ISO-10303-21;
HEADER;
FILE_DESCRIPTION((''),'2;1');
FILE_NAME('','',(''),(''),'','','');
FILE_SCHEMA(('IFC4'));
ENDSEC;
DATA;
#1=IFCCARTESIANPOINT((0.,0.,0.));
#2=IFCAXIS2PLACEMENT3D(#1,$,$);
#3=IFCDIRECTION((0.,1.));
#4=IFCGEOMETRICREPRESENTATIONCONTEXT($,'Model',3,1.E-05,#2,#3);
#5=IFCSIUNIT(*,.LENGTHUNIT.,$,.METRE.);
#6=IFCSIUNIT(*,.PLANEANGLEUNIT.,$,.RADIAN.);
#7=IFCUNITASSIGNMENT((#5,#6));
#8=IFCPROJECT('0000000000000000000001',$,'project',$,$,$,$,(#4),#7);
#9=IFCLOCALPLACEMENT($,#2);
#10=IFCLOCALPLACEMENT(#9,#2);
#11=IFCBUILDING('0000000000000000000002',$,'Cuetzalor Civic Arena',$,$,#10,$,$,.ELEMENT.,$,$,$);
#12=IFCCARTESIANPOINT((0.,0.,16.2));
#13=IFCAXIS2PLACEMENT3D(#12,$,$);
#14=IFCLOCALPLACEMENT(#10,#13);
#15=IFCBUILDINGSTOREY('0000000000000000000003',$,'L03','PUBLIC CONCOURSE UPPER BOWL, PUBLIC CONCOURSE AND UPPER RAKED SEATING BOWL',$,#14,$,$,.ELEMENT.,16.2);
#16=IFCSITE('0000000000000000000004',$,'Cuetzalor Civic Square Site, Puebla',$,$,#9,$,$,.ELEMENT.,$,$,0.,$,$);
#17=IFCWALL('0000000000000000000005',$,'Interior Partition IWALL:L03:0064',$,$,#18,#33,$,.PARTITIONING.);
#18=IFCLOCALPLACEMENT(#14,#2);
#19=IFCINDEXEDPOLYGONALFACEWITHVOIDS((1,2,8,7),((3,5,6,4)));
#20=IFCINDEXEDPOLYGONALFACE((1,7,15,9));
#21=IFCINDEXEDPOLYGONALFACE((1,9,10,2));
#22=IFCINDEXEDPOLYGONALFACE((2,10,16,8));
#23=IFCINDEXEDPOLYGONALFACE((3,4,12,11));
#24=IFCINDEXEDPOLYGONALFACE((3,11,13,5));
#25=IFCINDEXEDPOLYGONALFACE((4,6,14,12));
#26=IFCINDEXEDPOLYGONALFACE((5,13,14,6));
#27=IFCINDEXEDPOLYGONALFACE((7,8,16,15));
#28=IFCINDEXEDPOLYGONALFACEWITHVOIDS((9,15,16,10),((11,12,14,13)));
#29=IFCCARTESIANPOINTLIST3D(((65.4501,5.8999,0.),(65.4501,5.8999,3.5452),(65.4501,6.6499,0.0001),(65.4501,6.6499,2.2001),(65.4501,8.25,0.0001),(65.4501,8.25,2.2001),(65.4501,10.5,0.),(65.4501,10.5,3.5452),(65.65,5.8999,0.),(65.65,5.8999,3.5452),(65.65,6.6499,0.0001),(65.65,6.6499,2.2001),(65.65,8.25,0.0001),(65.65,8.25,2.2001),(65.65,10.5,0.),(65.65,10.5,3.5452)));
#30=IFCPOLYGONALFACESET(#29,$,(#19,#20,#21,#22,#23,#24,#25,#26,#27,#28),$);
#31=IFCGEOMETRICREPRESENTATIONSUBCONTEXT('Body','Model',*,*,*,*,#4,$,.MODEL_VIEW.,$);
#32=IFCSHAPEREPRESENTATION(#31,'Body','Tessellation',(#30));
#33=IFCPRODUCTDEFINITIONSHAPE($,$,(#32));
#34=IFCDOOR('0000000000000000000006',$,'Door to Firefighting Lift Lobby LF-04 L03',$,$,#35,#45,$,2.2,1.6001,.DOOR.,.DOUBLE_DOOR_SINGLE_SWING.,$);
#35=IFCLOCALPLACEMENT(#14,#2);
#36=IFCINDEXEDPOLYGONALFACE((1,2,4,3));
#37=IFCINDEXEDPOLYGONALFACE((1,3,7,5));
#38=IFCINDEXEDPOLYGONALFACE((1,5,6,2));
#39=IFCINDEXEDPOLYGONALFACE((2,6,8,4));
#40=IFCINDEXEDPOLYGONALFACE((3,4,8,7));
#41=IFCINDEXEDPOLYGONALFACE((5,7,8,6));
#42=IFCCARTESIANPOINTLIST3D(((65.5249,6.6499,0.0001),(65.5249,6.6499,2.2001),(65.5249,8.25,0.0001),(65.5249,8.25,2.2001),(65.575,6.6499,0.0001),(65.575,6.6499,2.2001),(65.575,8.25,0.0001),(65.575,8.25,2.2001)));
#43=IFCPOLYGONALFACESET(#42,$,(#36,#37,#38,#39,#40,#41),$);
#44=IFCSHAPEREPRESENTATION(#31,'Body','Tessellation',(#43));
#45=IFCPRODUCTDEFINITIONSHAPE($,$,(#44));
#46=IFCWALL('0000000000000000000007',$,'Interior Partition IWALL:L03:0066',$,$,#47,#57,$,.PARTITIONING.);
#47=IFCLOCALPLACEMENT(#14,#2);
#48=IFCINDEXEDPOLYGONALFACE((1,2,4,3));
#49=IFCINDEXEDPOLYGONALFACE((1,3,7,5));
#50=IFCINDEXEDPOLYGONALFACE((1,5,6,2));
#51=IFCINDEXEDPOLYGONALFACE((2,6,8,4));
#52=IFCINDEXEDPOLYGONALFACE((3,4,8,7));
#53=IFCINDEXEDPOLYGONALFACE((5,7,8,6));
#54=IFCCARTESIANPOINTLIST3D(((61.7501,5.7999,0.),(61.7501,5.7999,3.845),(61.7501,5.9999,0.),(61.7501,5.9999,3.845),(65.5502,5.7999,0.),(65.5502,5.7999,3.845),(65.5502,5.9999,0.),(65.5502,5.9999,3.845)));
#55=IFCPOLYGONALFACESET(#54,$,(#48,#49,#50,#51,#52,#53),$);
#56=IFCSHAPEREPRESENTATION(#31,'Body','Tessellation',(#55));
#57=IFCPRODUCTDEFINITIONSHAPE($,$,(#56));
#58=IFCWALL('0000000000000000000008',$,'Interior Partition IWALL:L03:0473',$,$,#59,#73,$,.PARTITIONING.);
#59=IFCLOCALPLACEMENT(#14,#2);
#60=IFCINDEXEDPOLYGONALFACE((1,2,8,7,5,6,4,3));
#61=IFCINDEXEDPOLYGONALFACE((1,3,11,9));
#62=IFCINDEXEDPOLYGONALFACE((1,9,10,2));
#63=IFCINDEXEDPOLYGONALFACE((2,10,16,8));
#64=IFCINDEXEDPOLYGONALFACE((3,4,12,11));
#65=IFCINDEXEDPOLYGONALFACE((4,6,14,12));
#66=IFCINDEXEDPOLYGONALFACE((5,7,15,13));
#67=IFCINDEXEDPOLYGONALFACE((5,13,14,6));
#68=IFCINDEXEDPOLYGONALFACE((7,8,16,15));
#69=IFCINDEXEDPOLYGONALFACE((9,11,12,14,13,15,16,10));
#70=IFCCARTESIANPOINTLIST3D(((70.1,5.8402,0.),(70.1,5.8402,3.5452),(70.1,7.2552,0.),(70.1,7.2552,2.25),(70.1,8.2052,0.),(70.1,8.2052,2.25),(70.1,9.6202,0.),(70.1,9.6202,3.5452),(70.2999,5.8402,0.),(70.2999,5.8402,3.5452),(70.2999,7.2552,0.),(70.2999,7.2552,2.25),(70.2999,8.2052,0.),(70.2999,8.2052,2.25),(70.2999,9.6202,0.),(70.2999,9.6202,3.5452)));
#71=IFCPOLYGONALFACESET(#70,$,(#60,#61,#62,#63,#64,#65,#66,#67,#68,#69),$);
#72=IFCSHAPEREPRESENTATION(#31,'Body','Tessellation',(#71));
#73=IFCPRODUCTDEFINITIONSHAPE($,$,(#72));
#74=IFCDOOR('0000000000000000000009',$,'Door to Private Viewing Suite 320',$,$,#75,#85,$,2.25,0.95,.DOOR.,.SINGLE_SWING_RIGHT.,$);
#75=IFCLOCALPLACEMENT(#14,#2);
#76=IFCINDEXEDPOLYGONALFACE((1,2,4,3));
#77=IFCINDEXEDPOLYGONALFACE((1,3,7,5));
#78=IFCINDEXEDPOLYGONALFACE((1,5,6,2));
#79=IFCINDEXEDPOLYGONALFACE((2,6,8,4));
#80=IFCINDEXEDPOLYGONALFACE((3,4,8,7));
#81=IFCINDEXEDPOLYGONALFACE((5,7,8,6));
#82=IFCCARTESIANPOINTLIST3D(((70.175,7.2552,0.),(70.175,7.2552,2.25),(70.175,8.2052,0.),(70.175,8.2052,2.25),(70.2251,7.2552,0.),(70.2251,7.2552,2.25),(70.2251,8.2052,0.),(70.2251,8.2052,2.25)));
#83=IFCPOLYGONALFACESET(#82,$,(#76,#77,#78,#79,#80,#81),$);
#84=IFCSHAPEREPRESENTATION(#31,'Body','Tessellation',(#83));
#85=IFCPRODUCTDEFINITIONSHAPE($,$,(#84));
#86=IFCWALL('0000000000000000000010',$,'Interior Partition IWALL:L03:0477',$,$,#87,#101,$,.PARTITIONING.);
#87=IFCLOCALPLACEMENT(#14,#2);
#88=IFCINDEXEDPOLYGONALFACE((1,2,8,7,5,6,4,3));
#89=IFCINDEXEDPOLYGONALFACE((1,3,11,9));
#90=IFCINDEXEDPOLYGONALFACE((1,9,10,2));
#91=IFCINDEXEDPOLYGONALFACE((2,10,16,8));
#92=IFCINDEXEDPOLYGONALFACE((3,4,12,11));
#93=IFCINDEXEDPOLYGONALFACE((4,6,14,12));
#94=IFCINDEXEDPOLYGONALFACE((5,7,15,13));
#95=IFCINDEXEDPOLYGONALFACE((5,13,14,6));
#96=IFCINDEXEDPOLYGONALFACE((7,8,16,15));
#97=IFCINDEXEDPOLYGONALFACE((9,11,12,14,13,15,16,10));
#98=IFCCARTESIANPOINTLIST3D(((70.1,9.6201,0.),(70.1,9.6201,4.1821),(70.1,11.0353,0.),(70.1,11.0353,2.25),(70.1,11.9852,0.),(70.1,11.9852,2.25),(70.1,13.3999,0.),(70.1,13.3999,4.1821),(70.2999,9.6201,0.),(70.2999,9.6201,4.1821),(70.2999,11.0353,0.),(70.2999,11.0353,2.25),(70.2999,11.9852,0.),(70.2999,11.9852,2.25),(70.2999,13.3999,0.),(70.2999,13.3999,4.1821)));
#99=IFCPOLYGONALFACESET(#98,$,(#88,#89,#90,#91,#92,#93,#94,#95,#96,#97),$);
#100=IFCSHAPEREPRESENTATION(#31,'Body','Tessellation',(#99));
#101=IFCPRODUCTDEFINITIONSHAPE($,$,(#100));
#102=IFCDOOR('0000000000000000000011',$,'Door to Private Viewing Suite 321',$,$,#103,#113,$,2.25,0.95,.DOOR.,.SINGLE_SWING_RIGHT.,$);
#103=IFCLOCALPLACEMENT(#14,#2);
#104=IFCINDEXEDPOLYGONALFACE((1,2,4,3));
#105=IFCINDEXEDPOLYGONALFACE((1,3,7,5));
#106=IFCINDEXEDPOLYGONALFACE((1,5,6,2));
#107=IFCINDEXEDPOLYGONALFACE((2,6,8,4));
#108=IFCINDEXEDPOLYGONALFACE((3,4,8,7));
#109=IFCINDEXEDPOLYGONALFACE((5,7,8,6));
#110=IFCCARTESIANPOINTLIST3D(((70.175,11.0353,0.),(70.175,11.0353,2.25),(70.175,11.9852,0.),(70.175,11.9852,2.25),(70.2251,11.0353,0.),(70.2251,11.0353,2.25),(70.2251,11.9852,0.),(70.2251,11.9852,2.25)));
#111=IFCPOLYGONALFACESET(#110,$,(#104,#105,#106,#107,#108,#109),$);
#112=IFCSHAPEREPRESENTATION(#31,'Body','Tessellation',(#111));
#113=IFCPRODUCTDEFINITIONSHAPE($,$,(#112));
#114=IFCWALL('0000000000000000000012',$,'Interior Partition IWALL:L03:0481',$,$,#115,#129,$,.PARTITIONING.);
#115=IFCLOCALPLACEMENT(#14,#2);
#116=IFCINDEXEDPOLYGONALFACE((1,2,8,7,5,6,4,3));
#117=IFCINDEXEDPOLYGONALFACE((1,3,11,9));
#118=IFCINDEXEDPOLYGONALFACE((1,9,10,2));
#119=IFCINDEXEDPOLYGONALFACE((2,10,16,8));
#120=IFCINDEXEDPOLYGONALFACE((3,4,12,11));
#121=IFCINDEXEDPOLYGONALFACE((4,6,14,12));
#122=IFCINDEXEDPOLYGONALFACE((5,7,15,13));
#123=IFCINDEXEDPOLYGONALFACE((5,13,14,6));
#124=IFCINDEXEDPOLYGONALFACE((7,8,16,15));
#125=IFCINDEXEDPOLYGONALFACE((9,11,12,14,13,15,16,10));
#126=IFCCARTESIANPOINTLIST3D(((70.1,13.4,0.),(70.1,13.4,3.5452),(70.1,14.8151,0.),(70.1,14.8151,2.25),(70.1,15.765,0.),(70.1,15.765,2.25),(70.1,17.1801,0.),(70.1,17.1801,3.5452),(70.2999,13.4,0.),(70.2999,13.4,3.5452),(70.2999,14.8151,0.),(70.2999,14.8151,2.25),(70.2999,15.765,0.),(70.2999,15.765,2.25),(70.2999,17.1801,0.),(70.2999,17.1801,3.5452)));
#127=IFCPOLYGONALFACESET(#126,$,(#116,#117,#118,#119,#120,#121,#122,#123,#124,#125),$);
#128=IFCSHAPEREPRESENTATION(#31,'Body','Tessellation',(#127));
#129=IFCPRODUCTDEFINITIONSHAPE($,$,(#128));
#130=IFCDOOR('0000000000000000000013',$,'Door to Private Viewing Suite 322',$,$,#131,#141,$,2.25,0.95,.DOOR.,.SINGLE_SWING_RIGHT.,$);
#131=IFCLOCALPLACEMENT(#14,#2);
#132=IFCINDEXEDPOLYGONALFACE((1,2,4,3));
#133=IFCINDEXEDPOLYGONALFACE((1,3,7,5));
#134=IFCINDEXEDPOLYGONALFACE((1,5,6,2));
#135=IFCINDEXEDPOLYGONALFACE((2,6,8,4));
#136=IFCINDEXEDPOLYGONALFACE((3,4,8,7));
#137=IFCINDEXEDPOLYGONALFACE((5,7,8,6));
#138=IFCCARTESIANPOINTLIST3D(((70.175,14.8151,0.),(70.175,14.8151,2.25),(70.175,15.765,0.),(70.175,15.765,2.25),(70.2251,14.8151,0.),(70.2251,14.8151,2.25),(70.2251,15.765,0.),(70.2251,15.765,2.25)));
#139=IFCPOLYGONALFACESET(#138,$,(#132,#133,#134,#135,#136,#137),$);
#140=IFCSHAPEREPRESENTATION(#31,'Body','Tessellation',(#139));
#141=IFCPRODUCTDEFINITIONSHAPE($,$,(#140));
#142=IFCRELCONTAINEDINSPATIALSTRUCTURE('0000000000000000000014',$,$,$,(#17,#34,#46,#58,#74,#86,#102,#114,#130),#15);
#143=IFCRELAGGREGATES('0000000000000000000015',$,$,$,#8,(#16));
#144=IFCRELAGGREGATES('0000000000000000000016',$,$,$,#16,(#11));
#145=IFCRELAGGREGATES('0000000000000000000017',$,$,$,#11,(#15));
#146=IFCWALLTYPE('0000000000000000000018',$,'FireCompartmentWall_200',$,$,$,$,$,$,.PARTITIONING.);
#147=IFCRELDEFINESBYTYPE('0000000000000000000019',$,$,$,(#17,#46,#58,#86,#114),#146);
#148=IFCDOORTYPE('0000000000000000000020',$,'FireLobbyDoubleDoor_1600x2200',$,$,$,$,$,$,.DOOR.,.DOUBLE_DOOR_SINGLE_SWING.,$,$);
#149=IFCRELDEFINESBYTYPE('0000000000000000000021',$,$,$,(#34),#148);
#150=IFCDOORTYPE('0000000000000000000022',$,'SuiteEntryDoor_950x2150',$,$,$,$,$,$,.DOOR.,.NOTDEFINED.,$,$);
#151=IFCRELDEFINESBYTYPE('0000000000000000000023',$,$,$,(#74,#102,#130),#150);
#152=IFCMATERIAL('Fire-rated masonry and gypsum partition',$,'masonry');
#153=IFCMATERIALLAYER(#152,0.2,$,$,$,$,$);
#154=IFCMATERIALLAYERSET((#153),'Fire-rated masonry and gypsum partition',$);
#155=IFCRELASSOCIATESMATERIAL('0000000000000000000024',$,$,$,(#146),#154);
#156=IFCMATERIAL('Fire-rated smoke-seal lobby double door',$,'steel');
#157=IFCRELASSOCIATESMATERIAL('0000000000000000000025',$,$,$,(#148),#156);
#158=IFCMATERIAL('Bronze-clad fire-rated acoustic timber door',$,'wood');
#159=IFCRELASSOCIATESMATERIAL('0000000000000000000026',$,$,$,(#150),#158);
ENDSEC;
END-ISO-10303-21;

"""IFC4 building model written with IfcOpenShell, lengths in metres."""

from ifc_helpers import new_model, si_unit, direction, frame, frame_2d, origin, place, context, subcontext, project, spatial, rectangle, extrude, material, layer, layer_set, type_object, element, fill, save


model = new_model("IFC4")

# Units and contexts
model_context = context("Model", 3, precision=1e-05, world=origin(), true_north=direction((0.0, 1.0)))
body_context = subcontext(model_context, "Body", "Model", "MODEL_VIEW")
ifc_project = project(units=[si_unit("LENGTHUNIT", "METRE"), si_unit("PLANEANGLEUNIT", "RADIAN")], contexts=[model_context])

# Site, building, storey
site_placement = place(None, origin())
site = spatial("IfcSite", under=ifc_project, at=site_placement, Name="Cuetzalor Civic Square Site, Puebla", CompositionType="ELEMENT", RefElevation=0.0)
building_placement = place(site_placement, origin())
building = spatial("IfcBuilding", under=site, at=building_placement, Name="Cuetzalor Civic Arena", CompositionType="ELEMENT")
storey_placement = place(building_placement, frame((0.0, 0.0, 16.2)))
storey = spatial("IfcBuildingStorey", under=building, at=storey_placement, Name="L03", Description="PUBLIC CONCOURSE UPPER BOWL, PUBLIC CONCOURSE AND UPPER RAKED SEATING BOWL", CompositionType="ELEMENT", Elevation=16.2)

# Wall, opening, door
ifc_material_1 = material(Name="Fire-rated masonry and gypsum partition", Category="masonry")
ifc_layer_1 = layer(ifc_material_1, 0.2)
ifc_layer_set_1 = layer_set([ifc_layer_1], Name="Fire-rated masonry and gypsum partition")
wall_type_1 = type_object("IfcWallType", Name="FireCompartmentWall_200", PredefinedType="PARTITIONING", material=ifc_layer_set_1)
wall_1_placement = place(storey_placement, frame((65.55, 10.5, 0.0), z_axis=(0.0, 0.0, 1.0), x_axis=(0.0, -1.0, 0.0)))
wall_1 = element("IfcWall", 1, at=wall_1_placement, inside=storey, type_object=wall_type_1, Name="Interior Partition IWALL:L03:0064", PredefinedType="PARTITIONING", context=body_context, shape_type="SweptSolid", body=[
    extrude(rectangle(XDim=4.6001, YDim=0.2, at=frame_2d((2.3, 0.0))), origin(), (0.0, 0.0, 1.0), 3.5452),
])
opening_1_placement = place(wall_1_placement, frame((2.25, 0.0, 0.0)))
opening_1 = element("IfcOpeningElement", 2, at=opening_1_placement, cuts=wall_1, PredefinedType="OPENING", context=body_context, shape_type="SweptSolid", body=[
    extrude(rectangle(XDim=1.6001, YDim=2.2, at=frame_2d((0.8, 1.1001))), frame((0.0, 0.1099, 0.0), z_axis=(0.0, -1.0, 0.0), x_axis=(1.0, 0.0, 0.0)), (0.0, 0.0, 1.0), 0.22),
])
ifc_material_2 = material(Name="Fire-rated smoke-seal lobby double door", Category="steel")
door_type_1 = type_object("IfcDoorType", Name="FireLobbyDoubleDoor_1600x2200", OperationType="DOUBLE_DOOR_SINGLE_SWING", PredefinedType="DOOR", material=ifc_material_2)
door_1_placement = place(opening_1_placement, origin())
door_1 = element("IfcDoor", 3, at=door_1_placement, inside=storey, type_object=door_type_1, Name="Door to Firefighting Lift Lobby LF-04 L03", OperationType="DOUBLE_DOOR_SINGLE_SWING", OverallHeight=2.2, OverallWidth=1.6001, PredefinedType="DOOR", context=body_context, shape_type="SweptSolid", body=[
    extrude(rectangle(XDim=1.6001, YDim=2.2, at=frame_2d((0.8, 1.1001))), frame((0.0, 0.0249, 0.0), z_axis=(0.0, -1.0, 0.0), x_axis=(1.0, 0.0, 0.0)), (0.0, 0.0, 1.0), 0.05),
])
fill(opening_1, door_1)

# Wall
wall_2_placement = place(storey_placement, frame((65.55, 5.8999, 0.0), z_axis=(0.0, 0.0, 1.0), x_axis=(-1.0, 0.0, 0.0)))
element("IfcWall", 4, at=wall_2_placement, inside=storey, type_object=wall_type_1, Name="Interior Partition IWALL:L03:0066", PredefinedType="PARTITIONING", context=body_context, shape_type="SweptSolid", body=[
    extrude(rectangle(XDim=3.8, YDim=0.2, at=frame_2d((1.8999, 0.0))), origin(), (0.0, 0.0, 1.0), 3.845),
])

# Walls, openings, doors
wall_3_placement = place(storey_placement, frame((70.2, 5.8401, 0.0), z_axis=(0.0, 0.0, 1.0), x_axis=(0.0, 1.0, 0.0)))
wall_3 = element("IfcWall", 5, at=wall_3_placement, inside=storey, type_object=wall_type_1, Name="Interior Partition IWALL:L03:0473", PredefinedType="PARTITIONING", context=body_context, shape_type="SweptSolid", body=[
    extrude(rectangle(XDim=3.78, YDim=0.2, at=frame_2d((1.8901, 0.0))), origin(), (0.0, 0.0, 1.0), 3.5452),
])
opening_2_placement = place(wall_3_placement, frame((1.415, 0.0, 0.0)))
opening_2 = element("IfcOpeningElement", 6, at=opening_2_placement, cuts=wall_3, PredefinedType="OPENING", context=body_context, shape_type="SweptSolid", body=[
    extrude(rectangle(XDim=0.95, YDim=2.25, at=frame_2d((0.4751, 1.125))), frame((0.0, 0.1099, 0.0), z_axis=(0.0, -1.0, 0.0), x_axis=(1.0, 0.0, 0.0)), (0.0, 0.0, 1.0), 0.22),
])
ifc_material_3 = material(Name="Bronze-clad fire-rated acoustic timber door", Category="wood")
door_type_2 = type_object("IfcDoorType", Name="SuiteEntryDoor_950x2150", OperationType="NOTDEFINED", PredefinedType="DOOR", material=ifc_material_3)
door_2_placement = place(opening_2_placement, origin())
door_2 = element("IfcDoor", 7, at=door_2_placement, inside=storey, type_object=door_type_2, Name="Door to Private Viewing Suite 320", OperationType="SINGLE_SWING_RIGHT", OverallHeight=2.25, OverallWidth=0.95, PredefinedType="DOOR", context=body_context, shape_type="SweptSolid", body=[
    extrude(rectangle(XDim=0.95, YDim=2.25, at=frame_2d((0.4751, 1.125))), frame((0.0, 0.0249, 0.0), z_axis=(0.0, -1.0, 0.0), x_axis=(1.0, 0.0, 0.0)), (0.0, 0.0, 1.0), 0.05),
])
fill(opening_2, door_2)
wall_4_placement = place(storey_placement, frame((70.2, 9.6201, 0.0), z_axis=(0.0, 0.0, 1.0), x_axis=(0.0, 1.0, 0.0)))
wall_4 = element("IfcWall", 8, at=wall_4_placement, inside=storey, type_object=wall_type_1, Name="Interior Partition IWALL:L03:0477", PredefinedType="PARTITIONING", context=body_context, shape_type="SweptSolid", body=[
    extrude(rectangle(XDim=3.7798, YDim=0.2, at=frame_2d((1.8899, 0.0))), origin(), (0.0, 0.0, 1.0), 4.1821),
])
opening_3_placement = place(wall_4_placement, frame((1.415, 0.0, 0.0)))
opening_3 = element("IfcOpeningElement", 9, at=opening_3_placement, cuts=wall_4, PredefinedType="OPENING", context=body_context, shape_type="SweptSolid", body=[
    extrude(rectangle(XDim=0.95, YDim=2.25, at=frame_2d((0.4751, 1.125))), frame((0.0, 0.1099, 0.0), z_axis=(0.0, -1.0, 0.0), x_axis=(1.0, 0.0, 0.0)), (0.0, 0.0, 1.0), 0.22),
])
door_3_placement = place(opening_3_placement, origin())
door_3 = element("IfcDoor", 10, at=door_3_placement, inside=storey, type_object=door_type_2, Name="Door to Private Viewing Suite 321", OperationType="SINGLE_SWING_RIGHT", OverallHeight=2.25, OverallWidth=0.95, PredefinedType="DOOR", context=body_context, shape_type="SweptSolid", body=[
    extrude(rectangle(XDim=0.95, YDim=2.25, at=frame_2d((0.4751, 1.125))), frame((0.0, 0.0249, 0.0), z_axis=(0.0, -1.0, 0.0), x_axis=(1.0, 0.0, 0.0)), (0.0, 0.0, 1.0), 0.05),
])
fill(opening_3, door_3)
wall_5_placement = place(storey_placement, frame((70.2, 13.3999, 0.0), z_axis=(0.0, 0.0, 1.0), x_axis=(0.0, 1.0, 0.0)))
wall_5 = element("IfcWall", 11, at=wall_5_placement, inside=storey, type_object=wall_type_1, Name="Interior Partition IWALL:L03:0481", PredefinedType="PARTITIONING", context=body_context, shape_type="SweptSolid", body=[
    extrude(rectangle(XDim=3.78, YDim=0.2, at=frame_2d((1.8901, 0.0))), origin(), (0.0, 0.0, 1.0), 3.5452),
])
opening_4_placement = place(wall_5_placement, frame((1.415, 0.0, 0.0)))
opening_4 = element("IfcOpeningElement", 12, at=opening_4_placement, cuts=wall_5, PredefinedType="OPENING", context=body_context, shape_type="SweptSolid", body=[
    extrude(rectangle(XDim=0.95, YDim=2.25, at=frame_2d((0.4751, 1.125))), frame((0.0, 0.1099, 0.0), z_axis=(0.0, -1.0, 0.0), x_axis=(1.0, 0.0, 0.0)), (0.0, 0.0, 1.0), 0.22),
])
door_4_placement = place(opening_4_placement, origin())
door_4 = element("IfcDoor", 13, at=door_4_placement, inside=storey, type_object=door_type_2, Name="Door to Private Viewing Suite 322", OperationType="SINGLE_SWING_RIGHT", OverallHeight=2.25, OverallWidth=0.95, PredefinedType="DOOR", context=body_context, shape_type="SweptSolid", body=[
    extrude(rectangle(XDim=0.95, YDim=2.25, at=frame_2d((0.4751, 1.125))), frame((0.0, 0.0249, 0.0), z_axis=(0.0, -1.0, 0.0), x_axis=(1.0, 0.0, 0.0)), (0.0, 0.0, 1.0), 0.05),
])
fill(opening_4, door_4)

save(model, "model.ifc")
